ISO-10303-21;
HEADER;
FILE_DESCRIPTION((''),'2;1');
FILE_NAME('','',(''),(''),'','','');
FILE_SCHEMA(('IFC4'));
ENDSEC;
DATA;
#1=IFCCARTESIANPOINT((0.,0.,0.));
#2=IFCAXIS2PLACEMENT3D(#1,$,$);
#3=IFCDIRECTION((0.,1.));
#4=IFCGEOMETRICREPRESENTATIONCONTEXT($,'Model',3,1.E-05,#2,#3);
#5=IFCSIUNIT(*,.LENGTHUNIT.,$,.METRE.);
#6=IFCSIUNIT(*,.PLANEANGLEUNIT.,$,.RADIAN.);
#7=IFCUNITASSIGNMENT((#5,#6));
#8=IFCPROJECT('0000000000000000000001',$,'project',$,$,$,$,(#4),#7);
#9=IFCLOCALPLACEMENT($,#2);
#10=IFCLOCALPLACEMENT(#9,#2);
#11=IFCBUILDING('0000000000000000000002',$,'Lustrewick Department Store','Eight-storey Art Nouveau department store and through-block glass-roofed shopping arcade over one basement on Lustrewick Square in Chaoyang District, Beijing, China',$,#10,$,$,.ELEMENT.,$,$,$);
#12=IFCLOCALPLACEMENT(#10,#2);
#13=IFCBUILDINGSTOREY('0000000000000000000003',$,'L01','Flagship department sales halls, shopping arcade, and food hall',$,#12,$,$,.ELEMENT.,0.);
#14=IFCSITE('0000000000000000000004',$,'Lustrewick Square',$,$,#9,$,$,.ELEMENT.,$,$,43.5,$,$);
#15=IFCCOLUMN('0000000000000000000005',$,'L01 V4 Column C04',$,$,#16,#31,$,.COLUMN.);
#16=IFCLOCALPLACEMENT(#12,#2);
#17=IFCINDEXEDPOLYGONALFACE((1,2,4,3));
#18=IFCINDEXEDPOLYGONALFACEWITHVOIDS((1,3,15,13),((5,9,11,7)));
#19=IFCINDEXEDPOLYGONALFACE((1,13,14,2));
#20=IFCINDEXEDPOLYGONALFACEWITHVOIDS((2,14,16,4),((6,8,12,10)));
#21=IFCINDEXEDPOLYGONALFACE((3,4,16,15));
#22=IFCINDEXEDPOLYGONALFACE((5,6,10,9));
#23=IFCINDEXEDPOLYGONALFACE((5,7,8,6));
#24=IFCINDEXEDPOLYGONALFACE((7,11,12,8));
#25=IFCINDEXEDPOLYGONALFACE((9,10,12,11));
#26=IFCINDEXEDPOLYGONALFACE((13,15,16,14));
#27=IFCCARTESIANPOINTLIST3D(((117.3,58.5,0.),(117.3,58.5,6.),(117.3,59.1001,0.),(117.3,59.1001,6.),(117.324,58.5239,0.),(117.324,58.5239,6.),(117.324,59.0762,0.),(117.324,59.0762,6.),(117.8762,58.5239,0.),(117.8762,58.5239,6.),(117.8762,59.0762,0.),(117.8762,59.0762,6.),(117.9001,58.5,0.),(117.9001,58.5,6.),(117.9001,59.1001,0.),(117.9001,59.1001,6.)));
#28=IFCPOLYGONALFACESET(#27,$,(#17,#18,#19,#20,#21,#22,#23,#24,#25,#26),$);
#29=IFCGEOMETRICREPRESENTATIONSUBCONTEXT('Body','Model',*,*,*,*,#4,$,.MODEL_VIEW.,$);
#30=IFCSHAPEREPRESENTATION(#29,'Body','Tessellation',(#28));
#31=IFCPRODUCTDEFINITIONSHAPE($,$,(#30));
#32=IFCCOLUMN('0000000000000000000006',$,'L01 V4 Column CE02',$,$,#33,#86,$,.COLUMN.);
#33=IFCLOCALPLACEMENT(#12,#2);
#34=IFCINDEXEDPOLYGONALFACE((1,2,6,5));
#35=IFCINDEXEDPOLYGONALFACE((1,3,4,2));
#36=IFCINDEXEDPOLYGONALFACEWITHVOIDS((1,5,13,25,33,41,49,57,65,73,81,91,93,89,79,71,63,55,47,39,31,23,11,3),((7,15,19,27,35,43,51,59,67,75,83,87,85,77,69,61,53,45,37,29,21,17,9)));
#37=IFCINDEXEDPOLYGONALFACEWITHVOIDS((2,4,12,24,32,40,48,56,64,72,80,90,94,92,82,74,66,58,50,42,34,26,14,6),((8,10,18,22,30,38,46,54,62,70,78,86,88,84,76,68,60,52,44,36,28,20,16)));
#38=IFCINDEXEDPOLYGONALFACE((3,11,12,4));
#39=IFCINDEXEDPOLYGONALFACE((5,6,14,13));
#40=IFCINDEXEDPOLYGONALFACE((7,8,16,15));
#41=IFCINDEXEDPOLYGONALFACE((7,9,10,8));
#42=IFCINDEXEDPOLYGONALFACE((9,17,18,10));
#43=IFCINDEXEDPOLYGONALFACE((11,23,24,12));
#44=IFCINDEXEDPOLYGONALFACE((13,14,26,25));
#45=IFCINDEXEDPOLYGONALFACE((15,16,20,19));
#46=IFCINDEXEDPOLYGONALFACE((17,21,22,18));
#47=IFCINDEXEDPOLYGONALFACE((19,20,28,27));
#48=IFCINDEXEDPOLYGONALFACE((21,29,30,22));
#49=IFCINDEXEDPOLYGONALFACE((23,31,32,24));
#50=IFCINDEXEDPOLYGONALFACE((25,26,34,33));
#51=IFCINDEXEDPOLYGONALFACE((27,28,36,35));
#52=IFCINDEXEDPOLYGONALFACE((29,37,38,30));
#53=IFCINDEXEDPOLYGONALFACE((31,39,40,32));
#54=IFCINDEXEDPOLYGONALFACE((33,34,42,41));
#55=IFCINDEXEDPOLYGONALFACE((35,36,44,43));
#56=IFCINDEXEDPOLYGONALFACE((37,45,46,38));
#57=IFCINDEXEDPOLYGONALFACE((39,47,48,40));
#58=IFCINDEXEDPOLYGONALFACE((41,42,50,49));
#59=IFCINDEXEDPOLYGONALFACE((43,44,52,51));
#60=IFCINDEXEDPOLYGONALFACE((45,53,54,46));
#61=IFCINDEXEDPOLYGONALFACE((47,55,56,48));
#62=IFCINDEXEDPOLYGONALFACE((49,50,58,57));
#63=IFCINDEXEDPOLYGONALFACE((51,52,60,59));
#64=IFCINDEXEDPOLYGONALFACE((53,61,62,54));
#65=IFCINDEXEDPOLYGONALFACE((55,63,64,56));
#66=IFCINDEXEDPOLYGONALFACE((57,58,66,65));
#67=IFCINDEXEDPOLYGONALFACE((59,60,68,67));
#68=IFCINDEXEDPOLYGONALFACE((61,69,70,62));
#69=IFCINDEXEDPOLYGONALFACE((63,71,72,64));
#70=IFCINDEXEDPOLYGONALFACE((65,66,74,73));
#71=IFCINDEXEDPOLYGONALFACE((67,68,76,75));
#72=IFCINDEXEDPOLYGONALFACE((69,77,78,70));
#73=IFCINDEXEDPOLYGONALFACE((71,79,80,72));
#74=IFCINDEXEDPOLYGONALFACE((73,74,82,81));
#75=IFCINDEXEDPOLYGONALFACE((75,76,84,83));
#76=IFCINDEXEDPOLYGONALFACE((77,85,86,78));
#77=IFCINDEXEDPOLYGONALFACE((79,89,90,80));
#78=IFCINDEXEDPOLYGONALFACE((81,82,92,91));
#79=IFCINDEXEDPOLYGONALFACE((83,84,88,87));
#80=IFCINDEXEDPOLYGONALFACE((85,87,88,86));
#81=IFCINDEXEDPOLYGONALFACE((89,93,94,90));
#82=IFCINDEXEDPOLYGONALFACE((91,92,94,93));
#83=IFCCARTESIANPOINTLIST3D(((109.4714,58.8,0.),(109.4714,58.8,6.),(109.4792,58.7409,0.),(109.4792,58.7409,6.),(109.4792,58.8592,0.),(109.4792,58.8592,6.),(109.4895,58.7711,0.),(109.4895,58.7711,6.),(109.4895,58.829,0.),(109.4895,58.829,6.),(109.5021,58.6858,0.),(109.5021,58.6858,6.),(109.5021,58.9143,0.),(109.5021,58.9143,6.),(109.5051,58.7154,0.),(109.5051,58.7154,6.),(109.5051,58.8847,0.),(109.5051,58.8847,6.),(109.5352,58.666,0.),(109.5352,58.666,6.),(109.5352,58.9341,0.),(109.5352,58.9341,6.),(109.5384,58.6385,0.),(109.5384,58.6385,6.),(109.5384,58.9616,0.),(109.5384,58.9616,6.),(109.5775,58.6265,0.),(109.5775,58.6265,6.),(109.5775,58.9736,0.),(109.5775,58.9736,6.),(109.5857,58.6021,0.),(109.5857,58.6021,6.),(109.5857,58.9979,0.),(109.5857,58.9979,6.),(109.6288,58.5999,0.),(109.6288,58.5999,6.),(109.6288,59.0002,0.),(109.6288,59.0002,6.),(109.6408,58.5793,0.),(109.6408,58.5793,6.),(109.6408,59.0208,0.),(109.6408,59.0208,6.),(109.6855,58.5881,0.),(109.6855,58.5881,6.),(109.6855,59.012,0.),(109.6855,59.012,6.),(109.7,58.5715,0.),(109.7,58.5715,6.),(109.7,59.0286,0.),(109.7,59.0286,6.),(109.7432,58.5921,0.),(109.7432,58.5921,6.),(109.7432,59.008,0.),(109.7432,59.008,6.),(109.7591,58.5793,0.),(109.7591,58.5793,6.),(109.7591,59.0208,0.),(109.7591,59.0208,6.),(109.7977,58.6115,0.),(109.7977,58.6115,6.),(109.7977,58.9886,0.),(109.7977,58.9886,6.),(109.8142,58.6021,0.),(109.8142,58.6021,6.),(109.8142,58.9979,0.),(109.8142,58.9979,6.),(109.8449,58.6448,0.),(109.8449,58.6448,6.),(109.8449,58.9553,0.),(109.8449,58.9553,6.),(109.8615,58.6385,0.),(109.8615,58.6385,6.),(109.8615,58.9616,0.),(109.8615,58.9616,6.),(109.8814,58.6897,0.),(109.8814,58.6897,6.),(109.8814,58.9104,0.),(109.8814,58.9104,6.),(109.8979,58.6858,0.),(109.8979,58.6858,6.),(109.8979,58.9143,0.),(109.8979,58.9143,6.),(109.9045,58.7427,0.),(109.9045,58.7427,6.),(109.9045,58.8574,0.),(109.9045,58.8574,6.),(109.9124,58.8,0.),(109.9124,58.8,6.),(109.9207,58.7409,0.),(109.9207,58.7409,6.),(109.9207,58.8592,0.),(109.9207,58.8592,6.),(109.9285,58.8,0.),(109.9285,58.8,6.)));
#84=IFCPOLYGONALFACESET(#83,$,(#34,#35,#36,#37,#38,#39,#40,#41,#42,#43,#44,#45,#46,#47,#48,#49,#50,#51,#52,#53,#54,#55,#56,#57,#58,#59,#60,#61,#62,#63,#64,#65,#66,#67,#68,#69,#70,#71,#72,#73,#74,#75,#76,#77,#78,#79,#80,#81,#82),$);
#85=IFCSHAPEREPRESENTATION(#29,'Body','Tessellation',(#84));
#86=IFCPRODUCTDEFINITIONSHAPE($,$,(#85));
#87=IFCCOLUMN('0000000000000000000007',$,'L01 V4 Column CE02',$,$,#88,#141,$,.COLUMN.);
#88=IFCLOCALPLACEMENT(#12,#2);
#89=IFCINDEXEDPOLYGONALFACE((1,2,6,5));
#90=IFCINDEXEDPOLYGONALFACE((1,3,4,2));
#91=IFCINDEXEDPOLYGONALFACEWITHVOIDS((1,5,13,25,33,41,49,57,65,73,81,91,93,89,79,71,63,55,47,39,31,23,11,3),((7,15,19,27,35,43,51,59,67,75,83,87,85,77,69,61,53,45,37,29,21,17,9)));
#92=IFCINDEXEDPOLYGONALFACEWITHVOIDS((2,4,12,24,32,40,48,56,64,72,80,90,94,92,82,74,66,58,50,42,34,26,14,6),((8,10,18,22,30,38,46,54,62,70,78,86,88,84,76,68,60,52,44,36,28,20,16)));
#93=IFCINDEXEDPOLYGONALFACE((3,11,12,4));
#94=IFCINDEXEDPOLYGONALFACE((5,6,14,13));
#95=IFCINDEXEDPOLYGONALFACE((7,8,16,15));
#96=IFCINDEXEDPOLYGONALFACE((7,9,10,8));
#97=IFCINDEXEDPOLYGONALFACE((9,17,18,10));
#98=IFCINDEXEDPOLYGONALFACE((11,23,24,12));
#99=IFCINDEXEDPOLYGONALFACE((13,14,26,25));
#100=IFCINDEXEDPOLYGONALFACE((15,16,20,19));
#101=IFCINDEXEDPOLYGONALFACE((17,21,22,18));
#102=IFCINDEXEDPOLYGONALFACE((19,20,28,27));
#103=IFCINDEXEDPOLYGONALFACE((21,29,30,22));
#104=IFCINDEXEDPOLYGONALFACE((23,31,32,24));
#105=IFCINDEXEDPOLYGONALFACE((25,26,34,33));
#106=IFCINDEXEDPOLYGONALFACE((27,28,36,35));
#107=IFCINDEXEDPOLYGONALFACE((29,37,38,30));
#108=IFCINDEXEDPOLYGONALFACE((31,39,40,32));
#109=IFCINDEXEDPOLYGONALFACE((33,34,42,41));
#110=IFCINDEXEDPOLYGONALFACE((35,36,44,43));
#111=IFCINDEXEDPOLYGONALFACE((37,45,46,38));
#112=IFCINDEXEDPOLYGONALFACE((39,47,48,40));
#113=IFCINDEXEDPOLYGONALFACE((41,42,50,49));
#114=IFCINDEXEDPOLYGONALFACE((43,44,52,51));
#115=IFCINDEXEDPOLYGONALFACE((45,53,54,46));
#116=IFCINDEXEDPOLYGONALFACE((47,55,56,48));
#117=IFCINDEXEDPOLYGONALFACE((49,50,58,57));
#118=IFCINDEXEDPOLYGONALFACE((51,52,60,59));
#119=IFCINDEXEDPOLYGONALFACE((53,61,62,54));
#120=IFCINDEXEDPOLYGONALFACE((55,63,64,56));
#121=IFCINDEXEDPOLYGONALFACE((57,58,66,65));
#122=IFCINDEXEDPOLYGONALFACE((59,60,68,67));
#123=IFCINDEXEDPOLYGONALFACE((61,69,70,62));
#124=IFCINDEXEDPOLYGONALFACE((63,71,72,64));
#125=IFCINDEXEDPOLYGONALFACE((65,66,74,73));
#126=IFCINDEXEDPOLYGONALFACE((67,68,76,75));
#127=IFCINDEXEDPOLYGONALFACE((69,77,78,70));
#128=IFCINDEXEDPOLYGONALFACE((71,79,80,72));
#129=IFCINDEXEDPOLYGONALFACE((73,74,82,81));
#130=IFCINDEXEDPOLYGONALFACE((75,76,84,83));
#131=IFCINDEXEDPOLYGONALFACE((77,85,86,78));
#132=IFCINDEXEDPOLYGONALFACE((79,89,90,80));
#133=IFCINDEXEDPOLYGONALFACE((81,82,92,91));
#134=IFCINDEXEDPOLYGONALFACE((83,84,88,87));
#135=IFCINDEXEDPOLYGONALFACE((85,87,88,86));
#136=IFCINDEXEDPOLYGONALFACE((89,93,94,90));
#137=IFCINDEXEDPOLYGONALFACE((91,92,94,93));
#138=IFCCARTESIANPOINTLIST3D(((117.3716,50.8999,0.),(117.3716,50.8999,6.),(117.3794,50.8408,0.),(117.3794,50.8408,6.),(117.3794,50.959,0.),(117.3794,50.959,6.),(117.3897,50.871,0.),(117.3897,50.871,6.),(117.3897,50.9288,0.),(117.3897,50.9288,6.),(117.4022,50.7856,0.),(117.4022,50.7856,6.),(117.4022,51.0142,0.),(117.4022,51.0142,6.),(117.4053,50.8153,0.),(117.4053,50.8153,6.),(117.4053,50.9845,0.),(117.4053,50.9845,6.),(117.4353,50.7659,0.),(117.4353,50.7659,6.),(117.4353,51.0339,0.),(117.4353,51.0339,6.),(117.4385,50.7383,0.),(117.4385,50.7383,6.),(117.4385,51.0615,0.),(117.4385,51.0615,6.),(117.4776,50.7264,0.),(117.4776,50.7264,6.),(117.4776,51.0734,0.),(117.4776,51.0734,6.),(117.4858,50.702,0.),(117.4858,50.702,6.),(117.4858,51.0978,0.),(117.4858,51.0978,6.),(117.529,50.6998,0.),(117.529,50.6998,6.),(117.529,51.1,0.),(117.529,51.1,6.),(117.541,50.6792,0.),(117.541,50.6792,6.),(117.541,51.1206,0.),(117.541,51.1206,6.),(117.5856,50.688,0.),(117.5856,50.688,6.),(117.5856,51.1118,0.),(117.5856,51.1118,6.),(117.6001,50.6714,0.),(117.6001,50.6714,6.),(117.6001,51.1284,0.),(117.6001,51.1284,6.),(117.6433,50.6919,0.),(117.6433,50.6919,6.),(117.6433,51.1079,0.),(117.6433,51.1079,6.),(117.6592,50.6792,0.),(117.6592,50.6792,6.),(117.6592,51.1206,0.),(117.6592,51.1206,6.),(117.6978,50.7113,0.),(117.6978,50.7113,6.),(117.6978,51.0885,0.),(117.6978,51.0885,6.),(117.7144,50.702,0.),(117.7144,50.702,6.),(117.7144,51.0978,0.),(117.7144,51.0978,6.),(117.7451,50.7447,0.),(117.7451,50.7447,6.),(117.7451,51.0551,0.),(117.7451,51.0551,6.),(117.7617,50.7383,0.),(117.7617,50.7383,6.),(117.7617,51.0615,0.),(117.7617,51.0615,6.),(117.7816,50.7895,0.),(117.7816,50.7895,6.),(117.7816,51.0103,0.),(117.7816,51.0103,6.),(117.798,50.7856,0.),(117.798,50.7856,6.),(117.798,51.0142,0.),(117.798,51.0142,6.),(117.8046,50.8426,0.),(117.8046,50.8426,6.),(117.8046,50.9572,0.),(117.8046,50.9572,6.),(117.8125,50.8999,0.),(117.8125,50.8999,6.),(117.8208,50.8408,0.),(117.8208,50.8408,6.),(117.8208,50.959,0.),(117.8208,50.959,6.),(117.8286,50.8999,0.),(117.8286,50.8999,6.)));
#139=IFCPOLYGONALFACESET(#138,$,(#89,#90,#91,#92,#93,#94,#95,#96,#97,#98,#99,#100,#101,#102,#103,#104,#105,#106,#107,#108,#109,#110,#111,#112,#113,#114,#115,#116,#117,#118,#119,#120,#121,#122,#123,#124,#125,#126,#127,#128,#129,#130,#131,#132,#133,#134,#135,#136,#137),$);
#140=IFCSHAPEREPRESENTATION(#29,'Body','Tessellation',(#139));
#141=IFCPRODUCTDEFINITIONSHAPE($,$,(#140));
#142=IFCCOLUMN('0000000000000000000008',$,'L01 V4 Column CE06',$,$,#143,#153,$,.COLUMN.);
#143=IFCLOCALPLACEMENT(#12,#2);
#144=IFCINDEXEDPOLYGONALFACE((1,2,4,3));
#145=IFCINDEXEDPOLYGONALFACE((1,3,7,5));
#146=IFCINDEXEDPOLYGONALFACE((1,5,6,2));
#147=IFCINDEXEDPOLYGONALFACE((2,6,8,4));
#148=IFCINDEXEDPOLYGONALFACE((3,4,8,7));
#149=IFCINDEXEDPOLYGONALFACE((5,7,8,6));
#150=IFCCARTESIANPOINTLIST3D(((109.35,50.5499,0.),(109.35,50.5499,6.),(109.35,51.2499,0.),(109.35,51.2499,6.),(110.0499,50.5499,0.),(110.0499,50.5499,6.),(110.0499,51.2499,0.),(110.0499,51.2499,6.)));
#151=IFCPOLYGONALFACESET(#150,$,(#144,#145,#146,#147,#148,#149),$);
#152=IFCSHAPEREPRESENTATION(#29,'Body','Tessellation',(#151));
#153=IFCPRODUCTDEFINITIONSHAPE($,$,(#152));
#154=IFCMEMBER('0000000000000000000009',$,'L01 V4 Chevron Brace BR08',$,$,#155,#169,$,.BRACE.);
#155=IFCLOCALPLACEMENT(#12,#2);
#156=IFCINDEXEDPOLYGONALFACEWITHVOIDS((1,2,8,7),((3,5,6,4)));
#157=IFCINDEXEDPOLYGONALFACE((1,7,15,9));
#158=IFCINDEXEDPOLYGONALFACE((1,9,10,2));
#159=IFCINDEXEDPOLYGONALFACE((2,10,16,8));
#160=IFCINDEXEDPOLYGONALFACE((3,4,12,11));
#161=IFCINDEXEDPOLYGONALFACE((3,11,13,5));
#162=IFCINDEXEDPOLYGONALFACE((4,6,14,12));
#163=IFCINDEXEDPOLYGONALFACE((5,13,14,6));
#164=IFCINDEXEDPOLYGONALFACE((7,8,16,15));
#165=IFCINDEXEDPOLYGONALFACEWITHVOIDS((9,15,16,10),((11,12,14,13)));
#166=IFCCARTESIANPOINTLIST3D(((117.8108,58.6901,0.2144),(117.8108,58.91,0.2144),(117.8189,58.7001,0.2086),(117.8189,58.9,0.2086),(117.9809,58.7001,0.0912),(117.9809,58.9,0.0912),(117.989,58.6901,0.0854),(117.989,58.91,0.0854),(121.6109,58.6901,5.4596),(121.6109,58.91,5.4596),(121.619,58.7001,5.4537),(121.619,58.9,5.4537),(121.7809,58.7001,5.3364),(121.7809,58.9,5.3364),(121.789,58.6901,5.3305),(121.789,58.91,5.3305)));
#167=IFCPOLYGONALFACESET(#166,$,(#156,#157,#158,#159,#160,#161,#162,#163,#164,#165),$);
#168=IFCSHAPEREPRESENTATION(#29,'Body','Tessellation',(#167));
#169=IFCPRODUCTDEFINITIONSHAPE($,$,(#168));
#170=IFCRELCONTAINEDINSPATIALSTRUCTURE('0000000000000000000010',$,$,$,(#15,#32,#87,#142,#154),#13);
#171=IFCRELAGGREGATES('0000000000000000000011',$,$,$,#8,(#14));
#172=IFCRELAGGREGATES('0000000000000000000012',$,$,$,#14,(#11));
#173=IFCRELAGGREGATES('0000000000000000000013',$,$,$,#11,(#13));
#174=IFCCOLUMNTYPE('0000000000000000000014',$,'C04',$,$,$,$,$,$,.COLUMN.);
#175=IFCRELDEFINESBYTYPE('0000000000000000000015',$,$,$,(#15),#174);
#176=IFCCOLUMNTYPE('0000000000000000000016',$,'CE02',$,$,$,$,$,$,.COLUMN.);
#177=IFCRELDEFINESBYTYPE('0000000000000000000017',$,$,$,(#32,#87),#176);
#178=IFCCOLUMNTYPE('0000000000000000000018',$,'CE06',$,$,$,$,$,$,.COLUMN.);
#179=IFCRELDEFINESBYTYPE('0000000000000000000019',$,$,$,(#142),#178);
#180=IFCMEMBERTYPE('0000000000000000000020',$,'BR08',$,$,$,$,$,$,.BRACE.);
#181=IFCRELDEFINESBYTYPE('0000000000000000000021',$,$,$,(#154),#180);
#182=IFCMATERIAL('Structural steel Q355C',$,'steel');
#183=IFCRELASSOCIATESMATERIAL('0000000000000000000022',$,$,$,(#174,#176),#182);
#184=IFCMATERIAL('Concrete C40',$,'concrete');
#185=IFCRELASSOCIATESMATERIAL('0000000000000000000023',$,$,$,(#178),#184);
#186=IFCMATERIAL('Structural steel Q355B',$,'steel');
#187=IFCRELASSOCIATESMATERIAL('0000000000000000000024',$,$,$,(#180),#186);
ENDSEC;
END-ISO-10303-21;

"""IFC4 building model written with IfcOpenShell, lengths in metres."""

from ifc_helpers import new_model, si_unit, direction, frame, origin, origin_2d, place, context, subcontext, project, spatial, rectangle, hollow_rectangle, hollow_circle, extrude, material, material_profile, profile_set, type_object, element, save


model = new_model("IFC4")

# Units and contexts
model_context = context("Model", 3, precision=1e-05, world=origin(), true_north=direction((0.0, 1.0)))
body_context = subcontext(model_context, "Body", "Model", "MODEL_VIEW")
ifc_project = project(units=[si_unit("LENGTHUNIT", "METRE"), si_unit("PLANEANGLEUNIT", "RADIAN")], contexts=[model_context])

# Site, building, storey
site_placement = place(None, origin())
site = spatial("IfcSite", under=ifc_project, at=site_placement, Name="Lustrewick Square", CompositionType="ELEMENT", RefElevation=43.5)
building_placement = place(site_placement, origin())
building = spatial("IfcBuilding", under=site, at=building_placement, Name="Lustrewick Department Store", Description="Eight-storey Art Nouveau department store and through-block glass-roofed shopping arcade over one basement on Lustrewick Square in Chaoyang District, Beijing, China", CompositionType="ELEMENT")
storey_placement = place(building_placement, origin())
storey = spatial("IfcBuildingStorey", under=building, at=storey_placement, Name="L01", Description="Flagship department sales halls, shopping arcade, and food hall", CompositionType="ELEMENT", Elevation=0.0)

# Columns
ifc_material_1 = material(Name="Structural steel Q355C", Category="steel")
ifc_material_profile_1 = material_profile(ifc_material_1, hollow_rectangle(XDim=0.6001, YDim=0.6001, WallThickness=0.0239, at=origin_2d()), Name="BOX 600x600x24")
ifc_profile_set_1 = profile_set([ifc_material_profile_1], Name="Structural steel Q355C")
column_type_1 = type_object("IfcColumnType", Name="C04", PredefinedType="COLUMN", material=ifc_profile_set_1)
column_1_placement = place(storey_placement, frame((117.6001, 58.8, 0.0), z_axis=(0.0, 0.0, 1.0), x_axis=(1.0, 0.0, 0.0)))
element("IfcColumn", 1, at=column_1_placement, inside=storey, type_object=column_type_1, Name="L01 V4 Column C04", PredefinedType="COLUMN", context=body_context, shape_type="SweptSolid", body=[
    extrude(hollow_rectangle(XDim=0.6001, YDim=0.6001, WallThickness=0.0239, at=origin_2d()), origin(), (0.0, 0.0, 1.0), 6.0),
])
ifc_material_profile_2 = material_profile(ifc_material_1, hollow_circle(Radius=0.2285, WallThickness=0.0161, at=origin_2d()), Name="CHS 457x16")
ifc_profile_set_2 = profile_set([ifc_material_profile_2], Name="Structural steel Q355C")
column_type_2 = type_object("IfcColumnType", Name="CE02", PredefinedType="COLUMN", material=ifc_profile_set_2)
for number, where, z_axis, x_axis, name in (
    (2, (109.7, 58.8, 0.0), (0.0, 0.0, 1.0), (1.0, 0.0, 0.0), "L01 V4 Column CE02"),
    (3, (117.6001, 50.8999, 0.0), (0.0, 0.0, 1.0), (1.0, 0.0, 0.0), "L01 V4 Column CE02"),
):
    element("IfcColumn", number, at=place(storey_placement, frame(where, z_axis=z_axis, x_axis=x_axis)), inside=storey, type_object=column_type_2, Name=name, PredefinedType="COLUMN", context=body_context, shape_type="SweptSolid", body=[
        extrude(hollow_circle(Radius=0.2285, WallThickness=0.0161, at=origin_2d()), origin(), (0.0, 0.0, 1.0), 6.0),
    ])
ifc_material_2 = material(Name="Concrete C40", Category="concrete")
ifc_material_profile_3 = material_profile(ifc_material_2, rectangle(XDim=0.7, YDim=0.7, at=origin_2d()), Name="RC 700x700")
ifc_profile_set_3 = profile_set([ifc_material_profile_3], Name="Concrete C40")
column_type_3 = type_object("IfcColumnType", Name="CE06", PredefinedType="COLUMN", material=ifc_profile_set_3)
column_2_placement = place(storey_placement, frame((109.7, 50.8999, 0.0), z_axis=(0.0, 0.0, 1.0), x_axis=(1.0, 0.0, 0.0)))
element("IfcColumn", 4, at=column_2_placement, inside=storey, type_object=column_type_3, Name="L01 V4 Column CE06", PredefinedType="COLUMN", context=body_context, shape_type="SweptSolid", body=[
    extrude(rectangle(XDim=0.7, YDim=0.7, at=origin_2d()), origin(), (0.0, 0.0, 1.0), 6.0),
])

# Member
ifc_material_3 = material(Name="Structural steel Q355B", Category="steel")
ifc_material_profile_4 = material_profile(ifc_material_3, hollow_rectangle(XDim=0.22, YDim=0.22, WallThickness=0.01, at=origin_2d()), Name="SHS 220x220x10")
ifc_profile_set_4 = profile_set([ifc_material_profile_4], Name="Structural steel Q355B")
member_type = type_object("IfcMemberType", Name="BR08", PredefinedType="BRACE", material=ifc_profile_set_4)
member_placement = place(storey_placement, frame((117.8999, 58.8, 0.1499), z_axis=(0.586698, 0.0, 0.809806), x_axis=(0.0, 1.0, 0.0)))
element("IfcMember", 5, at=member_placement, inside=storey, type_object=member_type, Name="L01 V4 Chevron Brace BR08", PredefinedType="BRACE", context=body_context, shape_type="SweptSolid", body=[
    extrude(hollow_rectangle(XDim=0.22, YDim=0.22, WallThickness=0.01, at=origin_2d()), origin(), (0.0, 0.0, 1.0), 6.4771),
])

save(model, "model.ifc")
